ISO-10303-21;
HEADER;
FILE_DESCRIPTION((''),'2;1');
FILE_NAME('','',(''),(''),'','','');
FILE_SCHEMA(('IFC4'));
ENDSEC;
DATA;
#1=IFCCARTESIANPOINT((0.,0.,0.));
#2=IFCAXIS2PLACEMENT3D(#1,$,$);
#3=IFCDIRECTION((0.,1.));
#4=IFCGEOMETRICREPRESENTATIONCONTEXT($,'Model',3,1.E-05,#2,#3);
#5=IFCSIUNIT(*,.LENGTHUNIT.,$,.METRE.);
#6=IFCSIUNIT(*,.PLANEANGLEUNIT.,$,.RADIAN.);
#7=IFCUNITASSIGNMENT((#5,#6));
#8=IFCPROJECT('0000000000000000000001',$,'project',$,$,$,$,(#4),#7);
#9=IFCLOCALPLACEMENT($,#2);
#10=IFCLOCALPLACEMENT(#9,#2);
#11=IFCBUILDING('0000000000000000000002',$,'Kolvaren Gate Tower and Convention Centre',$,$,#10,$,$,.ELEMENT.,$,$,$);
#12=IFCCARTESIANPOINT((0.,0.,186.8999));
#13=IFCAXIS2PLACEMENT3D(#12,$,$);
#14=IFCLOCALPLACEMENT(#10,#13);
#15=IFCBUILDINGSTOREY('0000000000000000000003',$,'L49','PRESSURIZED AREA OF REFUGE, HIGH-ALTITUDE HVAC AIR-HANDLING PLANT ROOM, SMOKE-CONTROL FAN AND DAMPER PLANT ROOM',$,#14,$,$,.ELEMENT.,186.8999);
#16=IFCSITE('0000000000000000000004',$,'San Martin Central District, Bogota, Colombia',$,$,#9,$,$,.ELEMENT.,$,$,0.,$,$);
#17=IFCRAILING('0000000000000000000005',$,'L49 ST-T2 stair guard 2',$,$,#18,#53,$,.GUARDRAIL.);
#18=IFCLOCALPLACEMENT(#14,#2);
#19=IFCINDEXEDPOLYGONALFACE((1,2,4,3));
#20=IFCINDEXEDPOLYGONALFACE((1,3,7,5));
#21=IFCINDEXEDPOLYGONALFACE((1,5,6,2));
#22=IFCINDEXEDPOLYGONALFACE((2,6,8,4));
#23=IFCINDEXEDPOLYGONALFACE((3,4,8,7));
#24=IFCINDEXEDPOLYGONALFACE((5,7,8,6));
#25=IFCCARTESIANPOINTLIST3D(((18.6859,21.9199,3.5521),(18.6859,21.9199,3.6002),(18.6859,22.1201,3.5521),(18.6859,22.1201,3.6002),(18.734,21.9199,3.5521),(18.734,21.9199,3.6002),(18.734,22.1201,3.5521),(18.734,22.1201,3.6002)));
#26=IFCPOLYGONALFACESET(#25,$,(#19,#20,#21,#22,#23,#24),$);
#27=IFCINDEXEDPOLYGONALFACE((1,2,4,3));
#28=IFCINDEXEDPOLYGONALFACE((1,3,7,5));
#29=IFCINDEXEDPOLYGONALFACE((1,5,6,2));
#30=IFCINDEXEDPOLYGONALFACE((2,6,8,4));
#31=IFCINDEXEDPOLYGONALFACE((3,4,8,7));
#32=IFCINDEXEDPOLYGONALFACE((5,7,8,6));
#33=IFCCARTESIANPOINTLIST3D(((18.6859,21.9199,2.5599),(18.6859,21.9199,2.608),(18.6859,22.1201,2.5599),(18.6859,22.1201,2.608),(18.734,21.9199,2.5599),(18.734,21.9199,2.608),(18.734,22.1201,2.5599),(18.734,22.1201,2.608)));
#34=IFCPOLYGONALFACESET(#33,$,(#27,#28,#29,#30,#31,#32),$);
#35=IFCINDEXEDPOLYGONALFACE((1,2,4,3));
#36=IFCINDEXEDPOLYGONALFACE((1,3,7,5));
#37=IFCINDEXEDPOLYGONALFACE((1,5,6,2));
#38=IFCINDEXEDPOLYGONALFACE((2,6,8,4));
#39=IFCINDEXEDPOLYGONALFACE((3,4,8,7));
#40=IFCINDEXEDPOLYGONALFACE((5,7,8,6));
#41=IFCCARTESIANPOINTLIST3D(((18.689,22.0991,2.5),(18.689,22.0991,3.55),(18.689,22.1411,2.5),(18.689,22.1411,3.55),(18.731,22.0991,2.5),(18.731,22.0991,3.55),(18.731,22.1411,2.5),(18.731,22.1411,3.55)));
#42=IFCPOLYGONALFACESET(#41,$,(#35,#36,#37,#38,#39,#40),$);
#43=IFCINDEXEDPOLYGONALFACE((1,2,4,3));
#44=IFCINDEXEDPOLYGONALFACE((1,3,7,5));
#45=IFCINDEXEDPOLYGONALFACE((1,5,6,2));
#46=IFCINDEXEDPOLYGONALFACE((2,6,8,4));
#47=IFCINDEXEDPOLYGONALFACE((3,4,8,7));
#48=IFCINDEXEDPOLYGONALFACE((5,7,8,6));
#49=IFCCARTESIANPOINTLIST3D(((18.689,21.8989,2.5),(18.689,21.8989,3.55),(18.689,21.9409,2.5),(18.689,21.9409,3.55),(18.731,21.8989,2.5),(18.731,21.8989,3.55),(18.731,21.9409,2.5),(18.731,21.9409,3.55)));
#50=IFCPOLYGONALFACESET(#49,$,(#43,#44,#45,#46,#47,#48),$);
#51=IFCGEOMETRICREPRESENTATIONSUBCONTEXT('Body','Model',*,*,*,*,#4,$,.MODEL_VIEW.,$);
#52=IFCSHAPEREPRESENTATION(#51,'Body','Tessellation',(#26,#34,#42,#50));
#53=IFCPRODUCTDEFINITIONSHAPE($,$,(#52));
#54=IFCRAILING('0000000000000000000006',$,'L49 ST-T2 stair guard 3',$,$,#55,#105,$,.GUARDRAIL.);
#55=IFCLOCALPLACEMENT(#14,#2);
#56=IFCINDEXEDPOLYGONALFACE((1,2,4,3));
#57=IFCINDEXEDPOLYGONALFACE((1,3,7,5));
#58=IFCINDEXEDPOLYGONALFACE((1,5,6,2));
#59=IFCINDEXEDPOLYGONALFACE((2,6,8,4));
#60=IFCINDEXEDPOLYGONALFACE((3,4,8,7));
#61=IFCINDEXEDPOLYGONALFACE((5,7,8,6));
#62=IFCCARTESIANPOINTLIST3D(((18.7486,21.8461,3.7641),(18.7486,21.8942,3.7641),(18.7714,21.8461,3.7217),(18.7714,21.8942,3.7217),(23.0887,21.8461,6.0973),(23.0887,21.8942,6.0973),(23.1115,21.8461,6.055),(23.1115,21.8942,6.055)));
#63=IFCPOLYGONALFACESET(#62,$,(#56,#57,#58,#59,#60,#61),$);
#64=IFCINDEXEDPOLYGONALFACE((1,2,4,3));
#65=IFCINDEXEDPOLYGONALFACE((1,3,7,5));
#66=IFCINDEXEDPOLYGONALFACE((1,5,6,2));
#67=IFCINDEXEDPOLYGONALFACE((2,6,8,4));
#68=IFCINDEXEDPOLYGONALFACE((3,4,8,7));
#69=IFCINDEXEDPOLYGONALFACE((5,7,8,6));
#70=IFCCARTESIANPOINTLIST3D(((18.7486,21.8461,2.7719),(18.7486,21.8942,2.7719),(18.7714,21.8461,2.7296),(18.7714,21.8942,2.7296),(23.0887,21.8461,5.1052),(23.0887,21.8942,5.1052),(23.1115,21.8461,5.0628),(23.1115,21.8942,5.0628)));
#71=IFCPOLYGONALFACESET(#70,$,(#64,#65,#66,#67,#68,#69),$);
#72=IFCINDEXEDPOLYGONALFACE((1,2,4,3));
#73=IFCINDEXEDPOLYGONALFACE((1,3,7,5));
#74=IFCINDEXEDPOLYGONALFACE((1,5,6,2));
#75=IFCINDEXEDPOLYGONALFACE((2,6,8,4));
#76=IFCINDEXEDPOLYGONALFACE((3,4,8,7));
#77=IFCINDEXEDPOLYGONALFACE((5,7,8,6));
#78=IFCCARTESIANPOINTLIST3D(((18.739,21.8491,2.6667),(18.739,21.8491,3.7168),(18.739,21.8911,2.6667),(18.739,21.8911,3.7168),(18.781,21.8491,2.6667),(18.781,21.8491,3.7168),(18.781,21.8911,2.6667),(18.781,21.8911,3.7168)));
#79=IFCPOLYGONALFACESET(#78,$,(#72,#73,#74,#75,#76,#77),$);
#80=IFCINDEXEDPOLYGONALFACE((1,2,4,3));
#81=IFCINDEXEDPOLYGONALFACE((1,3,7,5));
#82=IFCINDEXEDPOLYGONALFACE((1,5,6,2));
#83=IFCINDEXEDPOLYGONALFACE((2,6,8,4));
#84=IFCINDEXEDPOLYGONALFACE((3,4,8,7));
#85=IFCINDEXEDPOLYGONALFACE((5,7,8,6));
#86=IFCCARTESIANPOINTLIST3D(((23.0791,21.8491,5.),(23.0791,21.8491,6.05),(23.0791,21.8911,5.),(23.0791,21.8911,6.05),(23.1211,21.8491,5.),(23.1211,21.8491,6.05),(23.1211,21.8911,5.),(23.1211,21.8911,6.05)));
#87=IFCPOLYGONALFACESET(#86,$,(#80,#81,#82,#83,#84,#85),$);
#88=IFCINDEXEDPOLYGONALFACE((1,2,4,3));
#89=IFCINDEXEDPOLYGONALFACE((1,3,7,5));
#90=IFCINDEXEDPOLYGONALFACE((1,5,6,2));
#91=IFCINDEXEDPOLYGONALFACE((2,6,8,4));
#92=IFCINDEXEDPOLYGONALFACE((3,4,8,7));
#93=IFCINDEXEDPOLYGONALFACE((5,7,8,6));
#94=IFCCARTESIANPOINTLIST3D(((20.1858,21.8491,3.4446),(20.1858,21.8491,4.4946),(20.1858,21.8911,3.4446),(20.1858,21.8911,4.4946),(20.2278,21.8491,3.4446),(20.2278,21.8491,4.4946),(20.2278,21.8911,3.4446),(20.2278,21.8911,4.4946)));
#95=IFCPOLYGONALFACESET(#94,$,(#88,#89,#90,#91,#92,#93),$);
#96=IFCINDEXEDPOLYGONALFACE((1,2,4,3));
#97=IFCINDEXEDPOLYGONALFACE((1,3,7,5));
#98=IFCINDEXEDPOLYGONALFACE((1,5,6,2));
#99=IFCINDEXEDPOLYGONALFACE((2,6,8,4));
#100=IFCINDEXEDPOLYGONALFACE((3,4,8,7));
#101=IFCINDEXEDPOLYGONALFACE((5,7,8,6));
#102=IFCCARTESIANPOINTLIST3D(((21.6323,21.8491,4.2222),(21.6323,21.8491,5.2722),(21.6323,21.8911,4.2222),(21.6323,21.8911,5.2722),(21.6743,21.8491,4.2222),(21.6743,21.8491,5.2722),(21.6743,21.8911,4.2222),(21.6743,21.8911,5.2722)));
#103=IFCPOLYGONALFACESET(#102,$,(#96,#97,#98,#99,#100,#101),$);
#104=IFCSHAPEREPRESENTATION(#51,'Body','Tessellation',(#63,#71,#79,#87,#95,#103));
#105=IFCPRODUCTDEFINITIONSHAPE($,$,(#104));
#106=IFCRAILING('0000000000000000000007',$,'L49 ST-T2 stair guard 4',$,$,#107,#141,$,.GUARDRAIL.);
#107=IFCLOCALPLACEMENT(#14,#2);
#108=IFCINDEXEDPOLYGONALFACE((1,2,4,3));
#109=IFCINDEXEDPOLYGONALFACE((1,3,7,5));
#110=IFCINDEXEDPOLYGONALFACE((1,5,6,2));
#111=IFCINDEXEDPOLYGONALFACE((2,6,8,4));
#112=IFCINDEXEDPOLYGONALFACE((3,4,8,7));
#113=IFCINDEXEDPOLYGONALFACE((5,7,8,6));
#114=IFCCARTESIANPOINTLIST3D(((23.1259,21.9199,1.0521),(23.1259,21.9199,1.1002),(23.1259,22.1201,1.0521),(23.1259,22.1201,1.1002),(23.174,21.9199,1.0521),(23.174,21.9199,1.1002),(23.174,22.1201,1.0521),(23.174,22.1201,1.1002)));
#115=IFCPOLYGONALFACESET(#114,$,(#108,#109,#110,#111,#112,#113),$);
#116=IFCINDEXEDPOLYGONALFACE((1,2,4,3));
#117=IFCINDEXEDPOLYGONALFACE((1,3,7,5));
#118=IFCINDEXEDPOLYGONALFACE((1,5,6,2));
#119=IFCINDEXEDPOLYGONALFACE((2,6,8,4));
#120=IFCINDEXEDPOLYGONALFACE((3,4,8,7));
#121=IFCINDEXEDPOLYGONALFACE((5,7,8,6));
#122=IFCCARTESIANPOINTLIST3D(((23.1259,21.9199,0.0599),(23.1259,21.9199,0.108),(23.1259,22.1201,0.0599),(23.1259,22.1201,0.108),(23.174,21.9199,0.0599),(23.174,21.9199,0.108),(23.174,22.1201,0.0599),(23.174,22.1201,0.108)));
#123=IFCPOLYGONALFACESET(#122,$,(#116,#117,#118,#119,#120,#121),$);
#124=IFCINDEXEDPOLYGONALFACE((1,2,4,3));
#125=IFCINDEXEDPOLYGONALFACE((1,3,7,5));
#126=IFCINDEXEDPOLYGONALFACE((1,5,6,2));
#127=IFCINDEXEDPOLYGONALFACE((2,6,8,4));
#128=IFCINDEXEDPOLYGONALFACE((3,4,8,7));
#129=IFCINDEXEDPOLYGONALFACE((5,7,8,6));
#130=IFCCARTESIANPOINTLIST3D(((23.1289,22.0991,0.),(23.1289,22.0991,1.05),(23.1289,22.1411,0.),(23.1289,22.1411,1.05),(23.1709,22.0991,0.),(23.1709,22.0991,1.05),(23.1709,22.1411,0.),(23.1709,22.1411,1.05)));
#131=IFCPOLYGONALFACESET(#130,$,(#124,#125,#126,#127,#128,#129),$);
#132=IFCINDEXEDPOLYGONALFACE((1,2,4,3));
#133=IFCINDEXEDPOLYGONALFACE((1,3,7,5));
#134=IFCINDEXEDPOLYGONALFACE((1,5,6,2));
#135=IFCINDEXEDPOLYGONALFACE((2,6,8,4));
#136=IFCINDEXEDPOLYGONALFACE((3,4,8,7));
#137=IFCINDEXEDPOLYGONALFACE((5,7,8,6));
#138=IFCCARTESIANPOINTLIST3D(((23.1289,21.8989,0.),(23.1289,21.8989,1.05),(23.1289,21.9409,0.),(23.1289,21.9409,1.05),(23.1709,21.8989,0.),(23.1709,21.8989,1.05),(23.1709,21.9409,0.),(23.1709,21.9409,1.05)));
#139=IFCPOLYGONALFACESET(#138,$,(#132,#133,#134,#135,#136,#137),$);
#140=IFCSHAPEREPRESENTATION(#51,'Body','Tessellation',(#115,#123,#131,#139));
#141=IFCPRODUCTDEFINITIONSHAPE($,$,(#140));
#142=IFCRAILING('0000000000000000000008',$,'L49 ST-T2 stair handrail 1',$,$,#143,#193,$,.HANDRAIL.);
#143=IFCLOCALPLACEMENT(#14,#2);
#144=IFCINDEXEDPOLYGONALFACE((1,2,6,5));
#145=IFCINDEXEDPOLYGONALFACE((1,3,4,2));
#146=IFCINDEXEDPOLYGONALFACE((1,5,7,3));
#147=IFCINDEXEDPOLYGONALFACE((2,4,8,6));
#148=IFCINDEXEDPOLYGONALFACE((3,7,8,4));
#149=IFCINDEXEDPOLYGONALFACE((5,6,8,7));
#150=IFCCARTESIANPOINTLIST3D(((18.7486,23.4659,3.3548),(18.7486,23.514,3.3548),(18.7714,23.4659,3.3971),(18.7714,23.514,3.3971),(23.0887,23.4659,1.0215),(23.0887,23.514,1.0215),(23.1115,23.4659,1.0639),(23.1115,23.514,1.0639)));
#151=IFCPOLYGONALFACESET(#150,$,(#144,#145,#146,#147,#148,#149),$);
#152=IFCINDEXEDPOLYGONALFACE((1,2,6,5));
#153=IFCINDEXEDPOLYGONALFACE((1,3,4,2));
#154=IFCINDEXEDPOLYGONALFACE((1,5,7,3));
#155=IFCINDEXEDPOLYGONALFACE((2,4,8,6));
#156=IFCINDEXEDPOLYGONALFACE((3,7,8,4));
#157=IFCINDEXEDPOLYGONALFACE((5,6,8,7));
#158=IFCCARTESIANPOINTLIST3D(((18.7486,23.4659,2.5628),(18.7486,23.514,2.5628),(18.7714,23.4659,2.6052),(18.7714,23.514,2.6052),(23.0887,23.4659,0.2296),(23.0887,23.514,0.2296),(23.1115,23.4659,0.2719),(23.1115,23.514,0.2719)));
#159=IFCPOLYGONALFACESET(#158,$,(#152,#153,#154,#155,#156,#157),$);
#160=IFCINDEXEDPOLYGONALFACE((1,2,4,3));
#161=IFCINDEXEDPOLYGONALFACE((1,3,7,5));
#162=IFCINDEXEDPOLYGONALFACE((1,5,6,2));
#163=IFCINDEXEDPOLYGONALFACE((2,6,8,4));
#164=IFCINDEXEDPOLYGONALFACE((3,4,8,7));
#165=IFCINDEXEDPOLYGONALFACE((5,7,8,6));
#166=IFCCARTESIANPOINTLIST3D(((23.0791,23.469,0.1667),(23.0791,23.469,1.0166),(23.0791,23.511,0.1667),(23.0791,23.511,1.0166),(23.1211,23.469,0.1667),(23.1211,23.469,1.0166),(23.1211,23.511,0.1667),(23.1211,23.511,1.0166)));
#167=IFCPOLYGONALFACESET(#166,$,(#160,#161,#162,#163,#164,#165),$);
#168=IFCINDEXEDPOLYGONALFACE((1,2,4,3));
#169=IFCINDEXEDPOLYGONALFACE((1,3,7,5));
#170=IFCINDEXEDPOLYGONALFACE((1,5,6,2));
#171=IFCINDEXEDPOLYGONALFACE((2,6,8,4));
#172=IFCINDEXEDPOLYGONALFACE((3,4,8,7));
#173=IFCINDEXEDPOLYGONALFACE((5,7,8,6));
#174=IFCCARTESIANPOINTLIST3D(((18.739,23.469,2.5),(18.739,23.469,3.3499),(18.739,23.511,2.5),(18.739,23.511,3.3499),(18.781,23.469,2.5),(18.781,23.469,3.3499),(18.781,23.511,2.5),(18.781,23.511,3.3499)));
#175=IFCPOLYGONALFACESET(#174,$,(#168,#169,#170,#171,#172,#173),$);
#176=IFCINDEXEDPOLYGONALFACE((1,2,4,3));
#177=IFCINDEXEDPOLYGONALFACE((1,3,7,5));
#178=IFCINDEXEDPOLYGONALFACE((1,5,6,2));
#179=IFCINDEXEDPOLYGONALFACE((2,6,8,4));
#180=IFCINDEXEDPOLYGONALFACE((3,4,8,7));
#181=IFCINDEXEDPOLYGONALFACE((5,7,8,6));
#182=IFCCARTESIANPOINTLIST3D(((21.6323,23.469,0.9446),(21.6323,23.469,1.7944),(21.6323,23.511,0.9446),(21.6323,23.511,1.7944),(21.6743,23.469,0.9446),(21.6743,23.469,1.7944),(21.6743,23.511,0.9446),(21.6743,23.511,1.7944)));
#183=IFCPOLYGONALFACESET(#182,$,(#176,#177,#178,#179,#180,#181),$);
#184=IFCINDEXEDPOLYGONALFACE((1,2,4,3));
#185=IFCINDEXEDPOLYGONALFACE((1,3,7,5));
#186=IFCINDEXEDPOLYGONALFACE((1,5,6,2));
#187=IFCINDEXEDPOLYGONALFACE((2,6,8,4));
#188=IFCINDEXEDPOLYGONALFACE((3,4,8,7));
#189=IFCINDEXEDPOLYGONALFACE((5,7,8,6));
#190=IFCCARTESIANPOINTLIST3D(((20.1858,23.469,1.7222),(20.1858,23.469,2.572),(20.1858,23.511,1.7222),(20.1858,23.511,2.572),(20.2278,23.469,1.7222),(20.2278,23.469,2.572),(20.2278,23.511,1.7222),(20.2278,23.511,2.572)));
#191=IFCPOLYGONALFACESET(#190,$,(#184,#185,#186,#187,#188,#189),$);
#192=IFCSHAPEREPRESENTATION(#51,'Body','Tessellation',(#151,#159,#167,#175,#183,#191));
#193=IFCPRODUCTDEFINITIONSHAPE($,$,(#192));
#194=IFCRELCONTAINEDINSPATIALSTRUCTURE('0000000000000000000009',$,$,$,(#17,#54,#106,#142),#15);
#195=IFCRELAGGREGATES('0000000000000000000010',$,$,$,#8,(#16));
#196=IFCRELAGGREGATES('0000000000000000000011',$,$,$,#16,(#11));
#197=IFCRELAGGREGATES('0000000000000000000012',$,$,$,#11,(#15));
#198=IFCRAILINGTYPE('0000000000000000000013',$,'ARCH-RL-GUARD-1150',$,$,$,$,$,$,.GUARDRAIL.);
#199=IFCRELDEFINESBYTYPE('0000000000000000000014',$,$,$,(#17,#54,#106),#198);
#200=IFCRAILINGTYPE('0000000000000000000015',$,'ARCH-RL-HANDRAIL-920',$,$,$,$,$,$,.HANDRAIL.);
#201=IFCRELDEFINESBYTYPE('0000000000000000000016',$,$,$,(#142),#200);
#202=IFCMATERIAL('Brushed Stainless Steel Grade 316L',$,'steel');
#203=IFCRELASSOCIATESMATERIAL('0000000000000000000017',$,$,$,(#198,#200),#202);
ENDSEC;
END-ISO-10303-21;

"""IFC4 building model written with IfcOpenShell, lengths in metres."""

from ifc_helpers import new_model, si_unit, direction, frame, origin, origin_2d, place, context, subcontext, project, spatial, rectangle, extrude, material, type_object, element, save


model = new_model("IFC4")

# Units and contexts
model_context = context("Model", 3, precision=1e-05, world=origin(), true_north=direction((0.0, 1.0)))
body_context = subcontext(model_context, "Body", "Model", "MODEL_VIEW")
ifc_project = project(units=[si_unit("LENGTHUNIT", "METRE"), si_unit("PLANEANGLEUNIT", "RADIAN")], contexts=[model_context])

# Site, building, storey
site_placement = place(None, origin())
site = spatial("IfcSite", under=ifc_project, at=site_placement, Name="San Martin Central District, Bogota, Colombia", CompositionType="ELEMENT", RefElevation=0.0)
building_placement = place(site_placement, origin())
building = spatial("IfcBuilding", under=site, at=building_placement, Name="Kolvaren Gate Tower and Convention Centre", CompositionType="ELEMENT")
storey_placement = place(building_placement, frame((0.0, 0.0, 186.8999)))
storey = spatial("IfcBuildingStorey", under=building, at=storey_placement, Name="L49", Description="PRESSURIZED AREA OF REFUGE, HIGH-ALTITUDE HVAC AIR-HANDLING PLANT ROOM, SMOKE-CONTROL FAN AND DAMPER PLANT ROOM", CompositionType="ELEMENT", Elevation=186.8999)

# Shared definitions
ifc_material_1 = material(Name="Brushed Stainless Steel Grade 316L", Category="steel")

# Railings
railing_type_1 = type_object("IfcRailingType", Name="ARCH-RL-GUARD-1150", PredefinedType="GUARDRAIL", material=ifc_material_1)
railing_1_placement = place(storey_placement, frame((18.71, 22.1201, 2.5)))
element("IfcRailing", 1, at=railing_1_placement, inside=storey, type_object=railing_type_1, Name="L49 ST-T2 stair guard 2", PredefinedType="GUARDRAIL", context=body_context, shape_type="SweptSolid", body=[
    extrude(rectangle(XDim=0.0481, YDim=0.0481, at=origin_2d()), frame((0.0, 0.0, 1.0762), z_axis=(0.0, -1.0, 0.0), x_axis=(1.0, 0.0, 0.0)), (0.0, 0.0, 1.0), 0.2002),
    extrude(rectangle(XDim=0.0481, YDim=0.0481, at=origin_2d()), frame((0.0, 0.0, 0.084), z_axis=(0.0, -1.0, 0.0), x_axis=(1.0, 0.0, 0.0)), (0.0, 0.0, 1.0), 0.2002),
    extrude(rectangle(XDim=0.042, YDim=0.042, at=origin_2d()), origin(), (0.0, 0.0, 1.0), 1.05),
    extrude(rectangle(XDim=0.042, YDim=0.042, at=origin_2d()), frame((0.0, -0.2002, 0.0)), (0.0, 0.0, 1.0), 1.05),
])
railing_2_placement = place(storey_placement, frame((18.76, 21.8701, 2.6667)))
element("IfcRailing", 2, at=railing_2_placement, inside=storey, type_object=railing_type_1, Name="L49 ST-T2 stair guard 3", PredefinedType="GUARDRAIL", context=body_context, shape_type="SweptSolid", body=[
    extrude(rectangle(XDim=0.0481, YDim=0.0481, at=origin_2d()), frame((0.0, 0.0, 1.0762), z_axis=(0.880786, 0.0, 0.473515), x_axis=(0.0, 1.0, 0.0)), (0.0, 0.0, 1.0), 4.9275),
    extrude(rectangle(XDim=0.0481, YDim=0.0481, at=origin_2d()), frame((0.0, 0.0, 0.084), z_axis=(0.880786, 0.0, 0.473515), x_axis=(0.0, 1.0, 0.0)), (0.0, 0.0, 1.0), 4.9275),
    extrude(rectangle(XDim=0.042, YDim=0.042, at=origin_2d()), origin(), (0.0, 0.0, 1.0), 1.05),
    extrude(rectangle(XDim=0.042, YDim=0.042, at=origin_2d()), frame((4.3401, 0.0, 2.3333)), (0.0, 0.0, 1.0), 1.05),
    extrude(rectangle(XDim=0.042, YDim=0.042, at=origin_2d()), frame((1.4468, 0.0, 0.7778)), (0.0, 0.0, 1.0), 1.05),
    extrude(rectangle(XDim=0.042, YDim=0.042, at=origin_2d()), frame((2.8933, 0.0, 1.5554)), (0.0, 0.0, 1.0), 1.05),
])
railing_3_placement = place(storey_placement, frame((23.1499, 22.1201, 0.0)))
element("IfcRailing", 3, at=railing_3_placement, inside=storey, type_object=railing_type_1, Name="L49 ST-T2 stair guard 4", PredefinedType="GUARDRAIL", context=body_context, shape_type="SweptSolid", body=[
    extrude(rectangle(XDim=0.0481, YDim=0.0481, at=origin_2d()), frame((0.0, 0.0, 1.0762), z_axis=(0.0, -1.0, 0.0), x_axis=(1.0, 0.0, 0.0)), (0.0, 0.0, 1.0), 0.2002),
    extrude(rectangle(XDim=0.0481, YDim=0.0481, at=origin_2d()), frame((0.0, 0.0, 0.084), z_axis=(0.0, -1.0, 0.0), x_axis=(1.0, 0.0, 0.0)), (0.0, 0.0, 1.0), 0.2002),
    extrude(rectangle(XDim=0.042, YDim=0.042, at=origin_2d()), origin(), (0.0, 0.0, 1.0), 1.05),
    extrude(rectangle(XDim=0.042, YDim=0.042, at=origin_2d()), frame((0.0, -0.2002, 0.0)), (0.0, 0.0, 1.0), 1.05),
])
railing_type_2 = type_object("IfcRailingType", Name="ARCH-RL-HANDRAIL-920", PredefinedType="HANDRAIL", material=ifc_material_1)
railing_4_placement = place(storey_placement, frame((23.1001, 23.49, 0.1667)))
element("IfcRailing", 4, at=railing_4_placement, inside=storey, type_object=railing_type_2, Name="L49 ST-T2 stair handrail 1", PredefinedType="HANDRAIL", context=body_context, shape_type="SweptSolid", body=[
    extrude(rectangle(XDim=0.0481, YDim=0.0481, at=origin_2d()), frame((0.0, 0.0, 0.876), z_axis=(-0.880786, 0.0, 0.473515), x_axis=(0.0, -1.0, 0.0)), (0.0, 0.0, 1.0), 4.9275),
    extrude(rectangle(XDim=0.0481, YDim=0.0481, at=origin_2d()), frame((0.0, 0.0, 0.084), z_axis=(-0.880786, 0.0, 0.473515), x_axis=(0.0, -1.0, 0.0)), (0.0, 0.0, 1.0), 4.9275),
    extrude(rectangle(XDim=0.042, YDim=0.042, at=origin_2d()), origin(), (0.0, 0.0, 1.0), 0.8499),
    extrude(rectangle(XDim=0.042, YDim=0.042, at=origin_2d()), frame((-4.3401, 0.0, 2.3333)), (0.0, 0.0, 1.0), 0.8499),
    extrude(rectangle(XDim=0.042, YDim=0.042, at=origin_2d()), frame((-1.4468, 0.0, 0.7778)), (0.0, 0.0, 1.0), 0.8499),
    extrude(rectangle(XDim=0.042, YDim=0.042, at=origin_2d()), frame((-2.8933, 0.0, 1.5554)), (0.0, 0.0, 1.0), 0.8499),
])

save(model, "model.ifc")
